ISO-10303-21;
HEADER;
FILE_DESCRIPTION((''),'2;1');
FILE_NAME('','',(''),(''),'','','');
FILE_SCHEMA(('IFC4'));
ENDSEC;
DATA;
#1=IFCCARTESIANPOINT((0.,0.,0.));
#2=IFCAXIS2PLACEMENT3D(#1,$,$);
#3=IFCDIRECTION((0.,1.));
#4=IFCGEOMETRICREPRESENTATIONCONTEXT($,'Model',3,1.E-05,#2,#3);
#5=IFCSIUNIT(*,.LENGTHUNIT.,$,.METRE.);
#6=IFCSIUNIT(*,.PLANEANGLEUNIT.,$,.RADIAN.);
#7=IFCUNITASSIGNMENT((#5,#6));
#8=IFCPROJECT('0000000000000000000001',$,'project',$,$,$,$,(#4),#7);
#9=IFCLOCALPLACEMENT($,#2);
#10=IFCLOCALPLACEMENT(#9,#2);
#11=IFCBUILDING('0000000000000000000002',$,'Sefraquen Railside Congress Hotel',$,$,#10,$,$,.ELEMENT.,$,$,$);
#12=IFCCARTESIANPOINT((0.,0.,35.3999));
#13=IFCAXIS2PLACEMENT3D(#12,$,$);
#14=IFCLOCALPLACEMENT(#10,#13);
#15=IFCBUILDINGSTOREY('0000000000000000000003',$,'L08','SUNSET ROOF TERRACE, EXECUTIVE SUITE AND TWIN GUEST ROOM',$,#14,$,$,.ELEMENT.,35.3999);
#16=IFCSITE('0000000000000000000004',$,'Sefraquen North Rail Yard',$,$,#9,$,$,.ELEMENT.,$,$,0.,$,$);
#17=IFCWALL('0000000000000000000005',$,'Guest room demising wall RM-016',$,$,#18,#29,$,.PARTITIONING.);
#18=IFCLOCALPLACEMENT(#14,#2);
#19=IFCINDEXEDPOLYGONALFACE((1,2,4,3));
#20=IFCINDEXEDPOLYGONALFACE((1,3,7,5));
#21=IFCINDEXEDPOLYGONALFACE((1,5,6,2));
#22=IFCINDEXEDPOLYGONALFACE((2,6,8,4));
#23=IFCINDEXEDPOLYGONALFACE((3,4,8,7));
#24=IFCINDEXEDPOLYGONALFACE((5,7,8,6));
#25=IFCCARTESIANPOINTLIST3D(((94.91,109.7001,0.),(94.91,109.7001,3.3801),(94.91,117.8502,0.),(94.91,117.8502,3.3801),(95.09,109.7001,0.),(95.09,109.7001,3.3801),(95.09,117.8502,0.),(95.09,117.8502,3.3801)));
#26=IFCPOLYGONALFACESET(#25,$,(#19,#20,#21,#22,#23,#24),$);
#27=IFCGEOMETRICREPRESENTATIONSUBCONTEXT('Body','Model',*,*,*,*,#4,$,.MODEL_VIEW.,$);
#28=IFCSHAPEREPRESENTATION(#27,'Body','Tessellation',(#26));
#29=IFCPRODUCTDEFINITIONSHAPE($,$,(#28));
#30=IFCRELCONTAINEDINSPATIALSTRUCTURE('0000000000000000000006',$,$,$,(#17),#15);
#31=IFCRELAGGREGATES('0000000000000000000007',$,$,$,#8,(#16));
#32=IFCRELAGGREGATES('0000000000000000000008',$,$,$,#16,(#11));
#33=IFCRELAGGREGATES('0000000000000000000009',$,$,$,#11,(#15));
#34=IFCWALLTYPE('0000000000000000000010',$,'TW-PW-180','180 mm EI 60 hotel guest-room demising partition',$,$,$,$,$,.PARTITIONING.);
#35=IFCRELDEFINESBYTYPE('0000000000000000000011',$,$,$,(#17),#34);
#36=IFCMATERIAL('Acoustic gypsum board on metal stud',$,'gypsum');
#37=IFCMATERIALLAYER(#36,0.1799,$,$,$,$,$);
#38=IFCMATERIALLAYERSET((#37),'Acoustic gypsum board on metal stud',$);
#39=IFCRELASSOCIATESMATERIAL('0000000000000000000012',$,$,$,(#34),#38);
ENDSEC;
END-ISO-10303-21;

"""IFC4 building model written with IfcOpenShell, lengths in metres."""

from ifc_helpers import new_model, si_unit, direction, frame, frame_2d, origin, place, context, subcontext, project, spatial, rectangle, extrude, material, layer, layer_set, type_object, element, save


model = new_model("IFC4")

# Units and contexts
model_context = context("Model", 3, precision=1e-05, world=origin(), true_north=direction((0.0, 1.0)))
body_context = subcontext(model_context, "Body", "Model", "MODEL_VIEW")
ifc_project = project(units=[si_unit("LENGTHUNIT", "METRE"), si_unit("PLANEANGLEUNIT", "RADIAN")], contexts=[model_context])

# Site, building, storey
site_placement = place(None, origin())
site = spatial("IfcSite", under=ifc_project, at=site_placement, Name="Sefraquen North Rail Yard", CompositionType="ELEMENT", RefElevation=0.0)
building_placement = place(site_placement, origin())
building = spatial("IfcBuilding", under=site, at=building_placement, Name="Sefraquen Railside Congress Hotel", CompositionType="ELEMENT")
storey_placement = place(building_placement, frame((0.0, 0.0, 35.3999)))
storey = spatial("IfcBuildingStorey", under=building, at=storey_placement, Name="L08", Description="SUNSET ROOF TERRACE, EXECUTIVE SUITE AND TWIN GUEST ROOM", CompositionType="ELEMENT", Elevation=35.3999)

# Wall
ifc_material_1 = material(Name="Acoustic gypsum board on metal stud", Category="gypsum")
ifc_layer_1 = layer(ifc_material_1, 0.1799)
ifc_layer_set_1 = layer_set([ifc_layer_1], Name="Acoustic gypsum board on metal stud")
wall_type_1 = type_object("IfcWallType", Name="TW-PW-180", Description="180 mm EI 60 hotel guest-room demising partition", PredefinedType="PARTITIONING", material=ifc_layer_set_1)
wall_1_placement = place(storey_placement, frame((95.0, 109.7, 0.0), z_axis=(0.0, 0.0, 1.0), x_axis=(0.0, 1.0, 0.0)))
element("IfcWall", 1, at=wall_1_placement, inside=storey, type_object=wall_type_1, Name="Guest room demising wall RM-016", PredefinedType="PARTITIONING", context=body_context, shape_type="SweptSolid", body=[
    extrude(rectangle(XDim=8.1501, YDim=0.1799, at=frame_2d((4.0752, 0.0))), origin(), (0.0, 0.0, 1.0), 3.3801),
])

save(model, "model.ifc")
